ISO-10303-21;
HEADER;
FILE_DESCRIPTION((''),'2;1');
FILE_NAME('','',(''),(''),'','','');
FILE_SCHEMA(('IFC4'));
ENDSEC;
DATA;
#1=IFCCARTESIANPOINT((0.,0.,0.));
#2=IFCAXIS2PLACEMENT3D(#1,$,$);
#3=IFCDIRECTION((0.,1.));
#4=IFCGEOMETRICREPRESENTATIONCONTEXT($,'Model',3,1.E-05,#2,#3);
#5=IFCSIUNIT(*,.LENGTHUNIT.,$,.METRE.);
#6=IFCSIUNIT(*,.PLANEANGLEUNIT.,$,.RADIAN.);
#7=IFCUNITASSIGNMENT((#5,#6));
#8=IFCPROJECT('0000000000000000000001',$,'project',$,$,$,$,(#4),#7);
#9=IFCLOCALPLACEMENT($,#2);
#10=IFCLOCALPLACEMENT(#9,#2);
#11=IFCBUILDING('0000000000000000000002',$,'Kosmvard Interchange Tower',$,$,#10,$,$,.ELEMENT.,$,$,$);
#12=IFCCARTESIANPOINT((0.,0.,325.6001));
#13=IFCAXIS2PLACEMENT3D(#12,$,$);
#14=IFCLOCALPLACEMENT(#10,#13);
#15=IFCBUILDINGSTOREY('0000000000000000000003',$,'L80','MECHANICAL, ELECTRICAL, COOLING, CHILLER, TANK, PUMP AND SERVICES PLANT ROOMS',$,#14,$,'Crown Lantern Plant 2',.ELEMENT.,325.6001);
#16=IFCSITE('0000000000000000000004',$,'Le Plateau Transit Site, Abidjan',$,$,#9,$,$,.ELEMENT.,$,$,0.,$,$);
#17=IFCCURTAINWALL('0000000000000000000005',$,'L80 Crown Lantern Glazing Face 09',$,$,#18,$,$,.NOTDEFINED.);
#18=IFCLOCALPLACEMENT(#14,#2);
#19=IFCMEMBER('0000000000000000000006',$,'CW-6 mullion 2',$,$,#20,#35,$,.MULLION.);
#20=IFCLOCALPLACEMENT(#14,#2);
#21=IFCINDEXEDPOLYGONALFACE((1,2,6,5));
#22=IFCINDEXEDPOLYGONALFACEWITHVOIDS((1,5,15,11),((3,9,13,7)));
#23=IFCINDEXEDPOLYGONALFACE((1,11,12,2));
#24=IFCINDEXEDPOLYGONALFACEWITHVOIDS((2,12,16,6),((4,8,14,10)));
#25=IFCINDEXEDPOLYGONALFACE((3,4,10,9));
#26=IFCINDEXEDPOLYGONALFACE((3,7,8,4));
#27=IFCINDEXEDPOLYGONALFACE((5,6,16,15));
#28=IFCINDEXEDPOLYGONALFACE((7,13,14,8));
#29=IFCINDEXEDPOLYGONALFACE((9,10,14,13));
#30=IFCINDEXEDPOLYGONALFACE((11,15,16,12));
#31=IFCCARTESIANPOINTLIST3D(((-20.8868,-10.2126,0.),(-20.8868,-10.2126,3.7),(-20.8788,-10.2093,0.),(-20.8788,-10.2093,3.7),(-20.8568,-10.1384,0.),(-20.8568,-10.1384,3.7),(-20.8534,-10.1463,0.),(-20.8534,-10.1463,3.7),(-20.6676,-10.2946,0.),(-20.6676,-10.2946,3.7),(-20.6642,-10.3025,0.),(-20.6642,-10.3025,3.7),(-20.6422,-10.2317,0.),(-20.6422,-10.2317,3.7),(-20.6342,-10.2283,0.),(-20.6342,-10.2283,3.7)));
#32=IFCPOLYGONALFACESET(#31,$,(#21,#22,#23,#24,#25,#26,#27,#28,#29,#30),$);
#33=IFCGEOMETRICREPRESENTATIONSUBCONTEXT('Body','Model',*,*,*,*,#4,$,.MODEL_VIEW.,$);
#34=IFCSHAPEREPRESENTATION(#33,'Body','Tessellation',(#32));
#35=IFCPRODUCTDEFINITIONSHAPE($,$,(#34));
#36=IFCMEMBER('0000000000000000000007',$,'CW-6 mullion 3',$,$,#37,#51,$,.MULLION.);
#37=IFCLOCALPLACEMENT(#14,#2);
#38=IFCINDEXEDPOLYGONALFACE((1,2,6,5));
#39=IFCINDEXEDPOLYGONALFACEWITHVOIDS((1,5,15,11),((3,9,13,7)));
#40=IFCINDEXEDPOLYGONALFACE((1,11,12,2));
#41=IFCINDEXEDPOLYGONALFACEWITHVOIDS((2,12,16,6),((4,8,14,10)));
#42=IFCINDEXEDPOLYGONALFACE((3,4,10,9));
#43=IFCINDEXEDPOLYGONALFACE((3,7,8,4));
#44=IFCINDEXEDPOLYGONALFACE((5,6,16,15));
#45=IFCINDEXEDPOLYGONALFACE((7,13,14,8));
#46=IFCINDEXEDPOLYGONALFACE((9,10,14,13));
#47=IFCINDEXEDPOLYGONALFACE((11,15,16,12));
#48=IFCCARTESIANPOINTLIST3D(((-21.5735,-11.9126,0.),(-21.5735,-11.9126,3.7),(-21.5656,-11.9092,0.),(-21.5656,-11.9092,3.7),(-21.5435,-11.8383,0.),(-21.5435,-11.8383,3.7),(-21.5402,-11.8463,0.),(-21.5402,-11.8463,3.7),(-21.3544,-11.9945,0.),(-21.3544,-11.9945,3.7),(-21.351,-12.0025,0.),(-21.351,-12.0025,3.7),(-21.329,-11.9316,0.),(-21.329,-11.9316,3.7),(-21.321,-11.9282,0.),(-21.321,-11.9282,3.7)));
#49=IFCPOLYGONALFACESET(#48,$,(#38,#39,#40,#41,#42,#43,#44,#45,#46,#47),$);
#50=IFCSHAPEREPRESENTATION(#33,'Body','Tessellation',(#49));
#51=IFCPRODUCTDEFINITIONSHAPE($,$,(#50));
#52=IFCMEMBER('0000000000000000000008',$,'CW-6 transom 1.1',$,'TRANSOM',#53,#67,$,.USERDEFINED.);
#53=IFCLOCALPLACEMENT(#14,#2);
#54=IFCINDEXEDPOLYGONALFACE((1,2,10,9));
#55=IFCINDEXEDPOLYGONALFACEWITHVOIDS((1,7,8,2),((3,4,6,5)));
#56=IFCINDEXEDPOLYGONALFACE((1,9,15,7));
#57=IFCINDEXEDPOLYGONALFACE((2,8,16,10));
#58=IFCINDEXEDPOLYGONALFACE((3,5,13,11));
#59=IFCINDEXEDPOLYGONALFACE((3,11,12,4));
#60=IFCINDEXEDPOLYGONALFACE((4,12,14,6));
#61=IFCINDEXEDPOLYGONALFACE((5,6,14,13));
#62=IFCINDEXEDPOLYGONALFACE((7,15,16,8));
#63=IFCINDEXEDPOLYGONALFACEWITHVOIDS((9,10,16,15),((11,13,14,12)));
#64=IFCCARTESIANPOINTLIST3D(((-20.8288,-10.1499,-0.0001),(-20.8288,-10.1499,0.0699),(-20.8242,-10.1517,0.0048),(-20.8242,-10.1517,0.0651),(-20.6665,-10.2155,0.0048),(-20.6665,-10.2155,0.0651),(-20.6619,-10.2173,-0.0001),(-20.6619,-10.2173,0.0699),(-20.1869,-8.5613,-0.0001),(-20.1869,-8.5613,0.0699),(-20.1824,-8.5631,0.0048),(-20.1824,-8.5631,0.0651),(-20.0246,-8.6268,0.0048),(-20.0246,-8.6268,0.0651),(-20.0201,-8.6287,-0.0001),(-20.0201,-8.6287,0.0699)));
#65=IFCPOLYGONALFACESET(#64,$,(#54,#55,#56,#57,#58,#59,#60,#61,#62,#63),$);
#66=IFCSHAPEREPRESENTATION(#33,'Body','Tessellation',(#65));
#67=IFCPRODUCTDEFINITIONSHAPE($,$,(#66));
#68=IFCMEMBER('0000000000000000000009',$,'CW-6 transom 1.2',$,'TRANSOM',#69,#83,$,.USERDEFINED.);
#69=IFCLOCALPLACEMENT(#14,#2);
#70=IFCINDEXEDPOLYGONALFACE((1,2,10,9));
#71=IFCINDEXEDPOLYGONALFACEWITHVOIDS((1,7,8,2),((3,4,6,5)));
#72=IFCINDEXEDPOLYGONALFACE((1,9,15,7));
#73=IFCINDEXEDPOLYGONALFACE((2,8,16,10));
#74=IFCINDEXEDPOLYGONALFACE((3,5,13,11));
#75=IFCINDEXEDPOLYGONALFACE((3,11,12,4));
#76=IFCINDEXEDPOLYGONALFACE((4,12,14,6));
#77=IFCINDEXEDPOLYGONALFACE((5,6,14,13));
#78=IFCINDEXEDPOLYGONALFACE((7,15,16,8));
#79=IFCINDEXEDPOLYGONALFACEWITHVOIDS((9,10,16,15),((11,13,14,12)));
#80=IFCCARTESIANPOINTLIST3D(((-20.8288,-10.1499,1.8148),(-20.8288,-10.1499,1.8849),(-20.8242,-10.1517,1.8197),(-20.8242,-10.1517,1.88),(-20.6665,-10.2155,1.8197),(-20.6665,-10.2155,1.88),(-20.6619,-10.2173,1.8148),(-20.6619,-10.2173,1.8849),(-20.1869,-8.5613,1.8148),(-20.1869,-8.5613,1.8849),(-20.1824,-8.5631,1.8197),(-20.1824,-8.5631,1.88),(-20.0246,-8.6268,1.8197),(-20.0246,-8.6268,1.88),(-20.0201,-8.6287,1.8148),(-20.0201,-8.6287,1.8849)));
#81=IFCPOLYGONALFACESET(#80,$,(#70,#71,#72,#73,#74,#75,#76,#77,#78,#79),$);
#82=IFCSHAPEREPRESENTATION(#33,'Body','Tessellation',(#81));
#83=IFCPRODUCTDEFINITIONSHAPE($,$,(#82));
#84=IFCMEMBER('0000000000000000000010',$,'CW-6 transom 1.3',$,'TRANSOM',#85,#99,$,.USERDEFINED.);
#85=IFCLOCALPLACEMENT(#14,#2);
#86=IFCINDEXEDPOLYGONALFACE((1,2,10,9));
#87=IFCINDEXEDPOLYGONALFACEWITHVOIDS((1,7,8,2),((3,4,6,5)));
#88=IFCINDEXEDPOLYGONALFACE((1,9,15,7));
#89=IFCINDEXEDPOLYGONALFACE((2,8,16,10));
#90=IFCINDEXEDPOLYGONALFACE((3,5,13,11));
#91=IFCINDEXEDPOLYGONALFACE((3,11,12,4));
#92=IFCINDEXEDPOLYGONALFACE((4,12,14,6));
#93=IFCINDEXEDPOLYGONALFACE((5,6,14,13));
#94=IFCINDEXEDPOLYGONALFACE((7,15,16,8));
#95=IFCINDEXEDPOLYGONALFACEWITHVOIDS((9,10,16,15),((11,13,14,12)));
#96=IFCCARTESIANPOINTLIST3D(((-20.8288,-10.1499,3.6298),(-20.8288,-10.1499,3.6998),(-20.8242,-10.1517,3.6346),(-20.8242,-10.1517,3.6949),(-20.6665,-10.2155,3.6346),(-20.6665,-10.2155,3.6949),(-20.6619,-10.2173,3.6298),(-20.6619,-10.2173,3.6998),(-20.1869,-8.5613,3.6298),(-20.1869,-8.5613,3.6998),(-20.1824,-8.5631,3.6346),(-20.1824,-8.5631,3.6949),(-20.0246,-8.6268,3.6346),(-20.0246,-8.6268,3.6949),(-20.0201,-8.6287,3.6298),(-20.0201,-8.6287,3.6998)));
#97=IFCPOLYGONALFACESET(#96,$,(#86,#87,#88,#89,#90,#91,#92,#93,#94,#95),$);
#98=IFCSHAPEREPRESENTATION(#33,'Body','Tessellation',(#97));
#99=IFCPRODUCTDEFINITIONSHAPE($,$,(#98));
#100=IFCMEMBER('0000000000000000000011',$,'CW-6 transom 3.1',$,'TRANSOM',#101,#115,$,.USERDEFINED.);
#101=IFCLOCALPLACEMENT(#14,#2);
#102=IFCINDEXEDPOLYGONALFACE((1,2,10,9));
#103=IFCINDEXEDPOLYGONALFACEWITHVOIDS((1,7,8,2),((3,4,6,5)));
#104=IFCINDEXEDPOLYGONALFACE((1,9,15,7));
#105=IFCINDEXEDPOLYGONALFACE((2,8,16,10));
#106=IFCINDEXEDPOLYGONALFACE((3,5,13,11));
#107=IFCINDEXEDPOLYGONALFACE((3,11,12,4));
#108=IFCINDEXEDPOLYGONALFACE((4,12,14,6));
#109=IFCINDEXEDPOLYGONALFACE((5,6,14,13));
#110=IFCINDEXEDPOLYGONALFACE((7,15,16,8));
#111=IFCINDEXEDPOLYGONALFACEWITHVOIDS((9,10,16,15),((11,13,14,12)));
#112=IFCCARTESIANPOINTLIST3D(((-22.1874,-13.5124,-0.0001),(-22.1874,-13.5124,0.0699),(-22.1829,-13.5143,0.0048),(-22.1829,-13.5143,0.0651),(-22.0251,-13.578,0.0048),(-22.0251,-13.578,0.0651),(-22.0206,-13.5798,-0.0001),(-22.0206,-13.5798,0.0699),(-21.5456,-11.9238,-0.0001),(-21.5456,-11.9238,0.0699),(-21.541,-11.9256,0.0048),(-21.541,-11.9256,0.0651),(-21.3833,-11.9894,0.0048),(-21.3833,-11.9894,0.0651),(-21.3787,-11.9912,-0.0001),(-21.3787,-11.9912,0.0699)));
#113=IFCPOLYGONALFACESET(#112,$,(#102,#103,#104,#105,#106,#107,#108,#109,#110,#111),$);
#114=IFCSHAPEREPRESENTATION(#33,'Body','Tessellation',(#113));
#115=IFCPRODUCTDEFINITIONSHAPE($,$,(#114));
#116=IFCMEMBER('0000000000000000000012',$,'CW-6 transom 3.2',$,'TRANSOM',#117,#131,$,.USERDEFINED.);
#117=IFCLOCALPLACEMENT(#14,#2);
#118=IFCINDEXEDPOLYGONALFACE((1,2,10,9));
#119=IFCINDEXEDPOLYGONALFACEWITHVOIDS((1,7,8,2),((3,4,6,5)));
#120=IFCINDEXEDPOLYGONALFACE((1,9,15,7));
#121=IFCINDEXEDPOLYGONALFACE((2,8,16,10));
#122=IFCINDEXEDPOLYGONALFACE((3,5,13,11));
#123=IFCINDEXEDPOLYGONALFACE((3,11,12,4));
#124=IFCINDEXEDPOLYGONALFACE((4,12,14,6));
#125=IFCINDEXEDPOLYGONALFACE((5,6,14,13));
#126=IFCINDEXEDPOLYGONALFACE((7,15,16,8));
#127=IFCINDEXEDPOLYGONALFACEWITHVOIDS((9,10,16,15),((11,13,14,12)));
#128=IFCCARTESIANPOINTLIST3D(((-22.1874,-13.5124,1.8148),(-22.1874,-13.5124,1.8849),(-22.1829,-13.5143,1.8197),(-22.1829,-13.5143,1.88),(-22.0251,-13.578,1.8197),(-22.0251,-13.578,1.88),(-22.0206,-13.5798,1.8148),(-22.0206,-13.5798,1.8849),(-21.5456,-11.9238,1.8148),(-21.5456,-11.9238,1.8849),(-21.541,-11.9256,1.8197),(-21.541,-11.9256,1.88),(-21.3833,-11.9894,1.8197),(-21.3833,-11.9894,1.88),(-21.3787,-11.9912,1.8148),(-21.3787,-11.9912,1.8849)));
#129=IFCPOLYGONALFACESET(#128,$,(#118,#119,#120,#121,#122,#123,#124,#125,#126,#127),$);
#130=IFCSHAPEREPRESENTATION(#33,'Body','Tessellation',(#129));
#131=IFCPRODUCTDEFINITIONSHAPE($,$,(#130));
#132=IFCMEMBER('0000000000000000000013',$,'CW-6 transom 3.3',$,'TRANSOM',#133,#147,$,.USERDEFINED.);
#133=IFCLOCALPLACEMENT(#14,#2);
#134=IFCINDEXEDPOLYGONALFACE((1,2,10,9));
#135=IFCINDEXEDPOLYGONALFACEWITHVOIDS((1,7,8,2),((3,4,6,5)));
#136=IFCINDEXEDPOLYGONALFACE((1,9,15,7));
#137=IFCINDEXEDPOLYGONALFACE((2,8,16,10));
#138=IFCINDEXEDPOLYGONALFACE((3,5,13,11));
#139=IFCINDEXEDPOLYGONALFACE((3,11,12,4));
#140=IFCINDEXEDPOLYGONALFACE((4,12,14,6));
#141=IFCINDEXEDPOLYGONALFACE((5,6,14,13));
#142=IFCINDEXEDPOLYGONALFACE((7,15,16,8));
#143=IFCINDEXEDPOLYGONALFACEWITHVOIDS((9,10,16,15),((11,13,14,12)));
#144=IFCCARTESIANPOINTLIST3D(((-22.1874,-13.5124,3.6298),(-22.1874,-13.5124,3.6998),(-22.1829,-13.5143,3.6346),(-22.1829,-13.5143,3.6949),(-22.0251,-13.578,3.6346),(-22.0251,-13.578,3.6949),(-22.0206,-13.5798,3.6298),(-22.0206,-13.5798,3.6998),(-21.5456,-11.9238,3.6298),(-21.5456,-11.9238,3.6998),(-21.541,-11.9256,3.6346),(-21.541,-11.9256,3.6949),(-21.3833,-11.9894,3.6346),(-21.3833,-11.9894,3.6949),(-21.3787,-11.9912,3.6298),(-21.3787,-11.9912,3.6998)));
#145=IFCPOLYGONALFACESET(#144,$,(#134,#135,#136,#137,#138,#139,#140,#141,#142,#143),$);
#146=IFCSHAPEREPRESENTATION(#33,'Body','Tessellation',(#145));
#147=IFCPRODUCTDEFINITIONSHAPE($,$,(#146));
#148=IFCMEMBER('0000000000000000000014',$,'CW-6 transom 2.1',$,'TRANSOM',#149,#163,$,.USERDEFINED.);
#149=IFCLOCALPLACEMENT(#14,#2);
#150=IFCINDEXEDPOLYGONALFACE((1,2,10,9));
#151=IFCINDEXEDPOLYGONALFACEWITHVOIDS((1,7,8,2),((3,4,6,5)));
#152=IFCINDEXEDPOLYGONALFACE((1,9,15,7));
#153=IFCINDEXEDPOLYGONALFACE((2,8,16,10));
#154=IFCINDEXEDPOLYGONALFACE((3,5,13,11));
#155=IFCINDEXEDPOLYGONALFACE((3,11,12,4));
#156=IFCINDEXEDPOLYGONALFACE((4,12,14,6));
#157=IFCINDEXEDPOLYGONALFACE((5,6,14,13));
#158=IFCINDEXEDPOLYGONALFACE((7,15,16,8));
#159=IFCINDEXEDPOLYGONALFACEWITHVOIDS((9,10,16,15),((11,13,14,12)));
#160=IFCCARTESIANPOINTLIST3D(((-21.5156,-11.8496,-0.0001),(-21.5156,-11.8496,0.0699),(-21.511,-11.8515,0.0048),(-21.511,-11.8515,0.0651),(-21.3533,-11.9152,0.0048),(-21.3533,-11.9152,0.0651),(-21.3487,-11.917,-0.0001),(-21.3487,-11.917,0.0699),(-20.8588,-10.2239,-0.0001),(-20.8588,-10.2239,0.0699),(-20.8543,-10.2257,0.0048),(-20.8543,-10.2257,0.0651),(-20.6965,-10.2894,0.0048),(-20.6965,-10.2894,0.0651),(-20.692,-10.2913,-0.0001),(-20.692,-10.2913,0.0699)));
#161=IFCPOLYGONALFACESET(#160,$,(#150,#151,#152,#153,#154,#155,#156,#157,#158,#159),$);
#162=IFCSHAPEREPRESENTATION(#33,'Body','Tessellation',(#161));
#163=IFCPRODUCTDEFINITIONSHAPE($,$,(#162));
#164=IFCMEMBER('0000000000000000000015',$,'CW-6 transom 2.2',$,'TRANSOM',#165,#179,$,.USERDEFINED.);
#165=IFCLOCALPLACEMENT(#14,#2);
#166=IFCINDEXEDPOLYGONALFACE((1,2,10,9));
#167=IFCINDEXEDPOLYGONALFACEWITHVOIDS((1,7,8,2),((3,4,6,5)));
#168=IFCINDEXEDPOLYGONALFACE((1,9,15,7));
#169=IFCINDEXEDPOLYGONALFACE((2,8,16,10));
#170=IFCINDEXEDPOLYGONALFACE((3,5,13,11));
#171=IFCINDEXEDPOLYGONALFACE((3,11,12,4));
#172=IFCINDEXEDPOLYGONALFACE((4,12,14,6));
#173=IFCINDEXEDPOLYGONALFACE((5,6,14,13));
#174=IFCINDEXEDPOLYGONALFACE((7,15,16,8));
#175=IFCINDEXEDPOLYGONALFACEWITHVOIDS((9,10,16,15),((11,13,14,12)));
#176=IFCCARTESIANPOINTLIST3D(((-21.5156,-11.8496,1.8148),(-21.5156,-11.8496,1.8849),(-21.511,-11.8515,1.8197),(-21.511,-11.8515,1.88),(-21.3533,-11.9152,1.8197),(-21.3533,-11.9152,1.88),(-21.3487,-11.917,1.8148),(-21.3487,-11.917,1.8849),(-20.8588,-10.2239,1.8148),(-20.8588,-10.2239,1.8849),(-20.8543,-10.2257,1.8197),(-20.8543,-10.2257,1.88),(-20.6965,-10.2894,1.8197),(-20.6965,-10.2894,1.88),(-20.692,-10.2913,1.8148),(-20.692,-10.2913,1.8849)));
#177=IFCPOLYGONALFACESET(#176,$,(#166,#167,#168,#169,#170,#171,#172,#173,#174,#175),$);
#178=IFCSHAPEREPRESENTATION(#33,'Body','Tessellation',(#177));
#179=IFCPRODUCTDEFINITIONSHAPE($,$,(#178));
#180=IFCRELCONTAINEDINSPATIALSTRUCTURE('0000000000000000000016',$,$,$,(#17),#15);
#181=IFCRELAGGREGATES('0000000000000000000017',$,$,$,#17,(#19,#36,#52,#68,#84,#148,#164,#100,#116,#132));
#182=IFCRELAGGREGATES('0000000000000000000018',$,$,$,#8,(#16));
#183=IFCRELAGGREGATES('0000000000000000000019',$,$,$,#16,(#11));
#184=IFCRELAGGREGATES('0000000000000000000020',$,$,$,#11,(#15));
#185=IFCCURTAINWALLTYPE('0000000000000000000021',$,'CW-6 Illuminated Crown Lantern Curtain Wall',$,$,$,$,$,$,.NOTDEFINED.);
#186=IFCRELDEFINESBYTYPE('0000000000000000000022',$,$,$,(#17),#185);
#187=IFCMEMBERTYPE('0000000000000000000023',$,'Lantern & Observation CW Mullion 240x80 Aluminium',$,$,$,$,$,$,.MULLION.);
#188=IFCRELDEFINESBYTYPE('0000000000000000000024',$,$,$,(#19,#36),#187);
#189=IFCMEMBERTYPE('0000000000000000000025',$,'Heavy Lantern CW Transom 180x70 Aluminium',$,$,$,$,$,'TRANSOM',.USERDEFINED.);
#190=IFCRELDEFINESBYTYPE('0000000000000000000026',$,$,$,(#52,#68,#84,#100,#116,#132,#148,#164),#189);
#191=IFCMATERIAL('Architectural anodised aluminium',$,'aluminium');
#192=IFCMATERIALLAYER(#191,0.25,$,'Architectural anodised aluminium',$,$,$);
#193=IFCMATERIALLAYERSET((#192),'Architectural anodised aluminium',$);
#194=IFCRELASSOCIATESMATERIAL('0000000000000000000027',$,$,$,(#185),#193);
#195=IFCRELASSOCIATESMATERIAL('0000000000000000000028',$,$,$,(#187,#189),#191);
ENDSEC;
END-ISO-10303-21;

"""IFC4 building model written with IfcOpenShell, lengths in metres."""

from ifc_helpers import new_model, si_unit, direction, frame, origin, origin_2d, place, context, subcontext, project, spatial, hollow_rectangle, extrude, source, transform, mapped, material, layer, layer_set, material_profile, profile_set, type_object, element, aggregate, save


model = new_model("IFC4")

# Units and contexts
model_context = context("Model", 3, precision=1e-05, world=origin(), true_north=direction((0.0, 1.0)))
body_context = subcontext(model_context, "Body", "Model", "MODEL_VIEW")
ifc_project = project(units=[si_unit("LENGTHUNIT", "METRE"), si_unit("PLANEANGLEUNIT", "RADIAN")], contexts=[model_context])

# Site, building, storey
site_placement = place(None, origin())
site = spatial("IfcSite", under=ifc_project, at=site_placement, Name="Le Plateau Transit Site, Abidjan", CompositionType="ELEMENT", RefElevation=0.0)
building_placement = place(site_placement, origin())
building = spatial("IfcBuilding", under=site, at=building_placement, Name="Kosmvard Interchange Tower", CompositionType="ELEMENT")
storey_placement = place(building_placement, frame((0.0, 0.0, 325.6001)))
storey = spatial("IfcBuildingStorey", under=building, at=storey_placement, Name="L80", Description="MECHANICAL, ELECTRICAL, COOLING, CHILLER, TANK, PUMP AND SERVICES PLANT ROOMS", LongName="Crown Lantern Plant 2", CompositionType="ELEMENT", Elevation=325.6001)

# Shared definitions
ifc_material_1 = material(Name="Architectural anodised aluminium", Category="aluminium")
ifc_layer_1 = layer(ifc_material_1, 0.25, Name="Architectural anodised aluminium")
ifc_layer_set_1 = layer_set([ifc_layer_1], Name="Architectural anodised aluminium")
curtain_wall_type = type_object("IfcCurtainWallType", Name="CW-6 Illuminated Crown Lantern Curtain Wall", PredefinedType="NOTDEFINED", material=ifc_layer_set_1)
ifc_material_profile_1 = material_profile(ifc_material_1, hollow_rectangle(XDim=0.24, YDim=0.0801, WallThickness=0.0061, at=origin_2d()), Name="CWM 240x80x6")
ifc_profile_set_1 = profile_set([ifc_material_profile_1], Name="Architectural anodised aluminium")
member_type_1 = type_object("IfcMemberType", Name="Lantern & Observation CW Mullion 240x80 Aluminium", PredefinedType="MULLION", material=ifc_profile_set_1)
shared_shape_1 = source(origin(), body_context, "Body", "SweptSolid", [
    extrude(hollow_rectangle(XDim=0.24, YDim=0.0801, WallThickness=0.0061, at=origin_2d()), origin(), (0.0, 0.0, 1.0), 3.7),
])

# Curtain wall, members
curtain_wall_1_placement = place(storey_placement, origin())
curtain_wall_1 = element("IfcCurtainWall", 1, at=curtain_wall_1_placement, inside=storey, type_object=curtain_wall_type, Name="L80 Crown Lantern Glazing Face 09", PredefinedType="NOTDEFINED")
member_1_placement = place(storey_placement, frame((-20.7605, -10.2205, 0.0), z_axis=(0.0, 0.0, 1.0), x_axis=(0.927184, -0.374607, 0.0)))
member_1 = element("IfcMember", 2, at=member_1_placement, type_object=member_type_1, Name="CW-6 mullion 2", PredefinedType="MULLION", context=body_context, shape_type="MappedRepresentation", body=[
    mapped(shared_shape_1, transform((0.0, 0.0, 0.0), scale=1.0)),
])
member_2_placement = place(storey_placement, frame((-21.4473, -11.9204, 0.0), z_axis=(0.0, 0.0, 1.0), x_axis=(0.927184, -0.374607, 0.0)))
member_2 = element("IfcMember", 3, at=member_2_placement, type_object=member_type_1, Name="CW-6 mullion 3", PredefinedType="MULLION", context=body_context, shape_type="MappedRepresentation", body=[
    mapped(shared_shape_1, transform((0.0, 0.0, 0.0), scale=1.0)),
])
ifc_material_profile_2 = material_profile(ifc_material_1, hollow_rectangle(XDim=0.1799, YDim=0.0701, WallThickness=0.0049, at=origin_2d()), Name="CWT 180x70x5")
ifc_profile_set_2 = profile_set([ifc_material_profile_2], Name="Architectural anodised aluminium")
member_type_2 = type_object("IfcMemberType", Name="Heavy Lantern CW Transom 180x70 Aluminium", ElementType="TRANSOM", PredefinedType="USERDEFINED", material=ifc_profile_set_2)
shared_shape_2 = source(origin(), body_context, "Body", "SweptSolid", [
    extrude(hollow_rectangle(XDim=0.1799, YDim=0.0701, WallThickness=0.0049, at=origin_2d()), origin(), (0.0, 0.0, 1.0), 1.7134),
])
member_3_placement = place(storey_placement, frame((-20.1035, -8.595, 0.0349), z_axis=(-0.374607, -0.927184, 0.0), x_axis=(0.927184, -0.374607, 0.0)))
member_3 = element("IfcMember", 4, at=member_3_placement, type_object=member_type_2, Name="CW-6 transom 1.1", ObjectType="TRANSOM", PredefinedType="USERDEFINED", context=body_context, shape_type="MappedRepresentation", body=[
    mapped(shared_shape_2, transform((0.0, 0.0, 0.0), scale=1.0)),
])
member_4_placement = place(storey_placement, frame((-20.1035, -8.595, 1.8499), z_axis=(-0.374607, -0.927184, 0.0), x_axis=(0.927184, -0.374607, 0.0)))
member_4 = element("IfcMember", 5, at=member_4_placement, type_object=member_type_2, Name="CW-6 transom 1.2", ObjectType="TRANSOM", PredefinedType="USERDEFINED", context=body_context, shape_type="MappedRepresentation", body=[
    mapped(shared_shape_2, transform((0.0, 0.0, 0.0), scale=1.0)),
])
member_5_placement = place(storey_placement, frame((-20.1035, -8.595, 3.6648), z_axis=(-0.374607, -0.927184, 0.0), x_axis=(0.927184, -0.374607, 0.0)))
member_5 = element("IfcMember", 6, at=member_5_placement, type_object=member_type_2, Name="CW-6 transom 1.3", ObjectType="TRANSOM", PredefinedType="USERDEFINED", context=body_context, shape_type="MappedRepresentation", body=[
    mapped(shared_shape_2, transform((0.0, 0.0, 0.0), scale=1.0)),
])
member_6_placement = place(storey_placement, frame((-21.4622, -11.9575, 0.0349), z_axis=(-0.374607, -0.927184, 0.0), x_axis=(0.927184, -0.374607, 0.0)))
member_6 = element("IfcMember", 7, at=member_6_placement, type_object=member_type_2, Name="CW-6 transom 3.1", ObjectType="TRANSOM", PredefinedType="USERDEFINED", context=body_context, shape_type="MappedRepresentation", body=[
    mapped(shared_shape_2, transform((0.0, 0.0, 0.0), scale=1.0)),
])
member_7_placement = place(storey_placement, frame((-21.4622, -11.9575, 1.8499), z_axis=(-0.374607, -0.927184, 0.0), x_axis=(0.927184, -0.374607, 0.0)))
member_7 = element("IfcMember", 8, at=member_7_placement, type_object=member_type_2, Name="CW-6 transom 3.2", ObjectType="TRANSOM", PredefinedType="USERDEFINED", context=body_context, shape_type="MappedRepresentation", body=[
    mapped(shared_shape_2, transform((0.0, 0.0, 0.0), scale=1.0)),
])
member_8_placement = place(storey_placement, frame((-21.4622, -11.9575, 3.6648), z_axis=(-0.374607, -0.927184, 0.0), x_axis=(0.927184, -0.374607, 0.0)))
member_8 = element("IfcMember", 9, at=member_8_placement, type_object=member_type_2, Name="CW-6 transom 3.3", ObjectType="TRANSOM", PredefinedType="USERDEFINED", context=body_context, shape_type="MappedRepresentation", body=[
    mapped(shared_shape_2, transform((0.0, 0.0, 0.0), scale=1.0)),
])
shared_shape_3 = source(origin(), body_context, "Body", "SweptSolid", [
    extrude(hollow_rectangle(XDim=0.1799, YDim=0.0701, WallThickness=0.0049, at=origin_2d()), origin(), (0.0, 0.0, 1.0), 1.7534),
])
member_9_placement = place(storey_placement, frame((-20.7754, -10.2576, 0.0349), z_axis=(-0.374557, -0.927204, 0.0), x_axis=(0.927204, -0.374557, 0.0)))
member_9 = element("IfcMember", 10, at=member_9_placement, type_object=member_type_2, Name="CW-6 transom 2.1", ObjectType="TRANSOM", PredefinedType="USERDEFINED", context=body_context, shape_type="MappedRepresentation", body=[
    mapped(shared_shape_3, transform((0.0, 0.0, 0.0), scale=1.0)),
])
member_10_placement = place(storey_placement, frame((-20.7754, -10.2576, 1.8499), z_axis=(-0.374557, -0.927204, 0.0), x_axis=(0.927204, -0.374557, 0.0)))
member_10 = element("IfcMember", 11, at=member_10_placement, type_object=member_type_2, Name="CW-6 transom 2.2", ObjectType="TRANSOM", PredefinedType="USERDEFINED", context=body_context, shape_type="MappedRepresentation", body=[
    mapped(shared_shape_3, transform((0.0, 0.0, 0.0), scale=1.0)),
])

aggregate(curtain_wall_1, [member_1, member_2, member_3, member_4, member_5, member_9, member_10, member_6, member_7, member_8])

save(model, "model.ifc")
